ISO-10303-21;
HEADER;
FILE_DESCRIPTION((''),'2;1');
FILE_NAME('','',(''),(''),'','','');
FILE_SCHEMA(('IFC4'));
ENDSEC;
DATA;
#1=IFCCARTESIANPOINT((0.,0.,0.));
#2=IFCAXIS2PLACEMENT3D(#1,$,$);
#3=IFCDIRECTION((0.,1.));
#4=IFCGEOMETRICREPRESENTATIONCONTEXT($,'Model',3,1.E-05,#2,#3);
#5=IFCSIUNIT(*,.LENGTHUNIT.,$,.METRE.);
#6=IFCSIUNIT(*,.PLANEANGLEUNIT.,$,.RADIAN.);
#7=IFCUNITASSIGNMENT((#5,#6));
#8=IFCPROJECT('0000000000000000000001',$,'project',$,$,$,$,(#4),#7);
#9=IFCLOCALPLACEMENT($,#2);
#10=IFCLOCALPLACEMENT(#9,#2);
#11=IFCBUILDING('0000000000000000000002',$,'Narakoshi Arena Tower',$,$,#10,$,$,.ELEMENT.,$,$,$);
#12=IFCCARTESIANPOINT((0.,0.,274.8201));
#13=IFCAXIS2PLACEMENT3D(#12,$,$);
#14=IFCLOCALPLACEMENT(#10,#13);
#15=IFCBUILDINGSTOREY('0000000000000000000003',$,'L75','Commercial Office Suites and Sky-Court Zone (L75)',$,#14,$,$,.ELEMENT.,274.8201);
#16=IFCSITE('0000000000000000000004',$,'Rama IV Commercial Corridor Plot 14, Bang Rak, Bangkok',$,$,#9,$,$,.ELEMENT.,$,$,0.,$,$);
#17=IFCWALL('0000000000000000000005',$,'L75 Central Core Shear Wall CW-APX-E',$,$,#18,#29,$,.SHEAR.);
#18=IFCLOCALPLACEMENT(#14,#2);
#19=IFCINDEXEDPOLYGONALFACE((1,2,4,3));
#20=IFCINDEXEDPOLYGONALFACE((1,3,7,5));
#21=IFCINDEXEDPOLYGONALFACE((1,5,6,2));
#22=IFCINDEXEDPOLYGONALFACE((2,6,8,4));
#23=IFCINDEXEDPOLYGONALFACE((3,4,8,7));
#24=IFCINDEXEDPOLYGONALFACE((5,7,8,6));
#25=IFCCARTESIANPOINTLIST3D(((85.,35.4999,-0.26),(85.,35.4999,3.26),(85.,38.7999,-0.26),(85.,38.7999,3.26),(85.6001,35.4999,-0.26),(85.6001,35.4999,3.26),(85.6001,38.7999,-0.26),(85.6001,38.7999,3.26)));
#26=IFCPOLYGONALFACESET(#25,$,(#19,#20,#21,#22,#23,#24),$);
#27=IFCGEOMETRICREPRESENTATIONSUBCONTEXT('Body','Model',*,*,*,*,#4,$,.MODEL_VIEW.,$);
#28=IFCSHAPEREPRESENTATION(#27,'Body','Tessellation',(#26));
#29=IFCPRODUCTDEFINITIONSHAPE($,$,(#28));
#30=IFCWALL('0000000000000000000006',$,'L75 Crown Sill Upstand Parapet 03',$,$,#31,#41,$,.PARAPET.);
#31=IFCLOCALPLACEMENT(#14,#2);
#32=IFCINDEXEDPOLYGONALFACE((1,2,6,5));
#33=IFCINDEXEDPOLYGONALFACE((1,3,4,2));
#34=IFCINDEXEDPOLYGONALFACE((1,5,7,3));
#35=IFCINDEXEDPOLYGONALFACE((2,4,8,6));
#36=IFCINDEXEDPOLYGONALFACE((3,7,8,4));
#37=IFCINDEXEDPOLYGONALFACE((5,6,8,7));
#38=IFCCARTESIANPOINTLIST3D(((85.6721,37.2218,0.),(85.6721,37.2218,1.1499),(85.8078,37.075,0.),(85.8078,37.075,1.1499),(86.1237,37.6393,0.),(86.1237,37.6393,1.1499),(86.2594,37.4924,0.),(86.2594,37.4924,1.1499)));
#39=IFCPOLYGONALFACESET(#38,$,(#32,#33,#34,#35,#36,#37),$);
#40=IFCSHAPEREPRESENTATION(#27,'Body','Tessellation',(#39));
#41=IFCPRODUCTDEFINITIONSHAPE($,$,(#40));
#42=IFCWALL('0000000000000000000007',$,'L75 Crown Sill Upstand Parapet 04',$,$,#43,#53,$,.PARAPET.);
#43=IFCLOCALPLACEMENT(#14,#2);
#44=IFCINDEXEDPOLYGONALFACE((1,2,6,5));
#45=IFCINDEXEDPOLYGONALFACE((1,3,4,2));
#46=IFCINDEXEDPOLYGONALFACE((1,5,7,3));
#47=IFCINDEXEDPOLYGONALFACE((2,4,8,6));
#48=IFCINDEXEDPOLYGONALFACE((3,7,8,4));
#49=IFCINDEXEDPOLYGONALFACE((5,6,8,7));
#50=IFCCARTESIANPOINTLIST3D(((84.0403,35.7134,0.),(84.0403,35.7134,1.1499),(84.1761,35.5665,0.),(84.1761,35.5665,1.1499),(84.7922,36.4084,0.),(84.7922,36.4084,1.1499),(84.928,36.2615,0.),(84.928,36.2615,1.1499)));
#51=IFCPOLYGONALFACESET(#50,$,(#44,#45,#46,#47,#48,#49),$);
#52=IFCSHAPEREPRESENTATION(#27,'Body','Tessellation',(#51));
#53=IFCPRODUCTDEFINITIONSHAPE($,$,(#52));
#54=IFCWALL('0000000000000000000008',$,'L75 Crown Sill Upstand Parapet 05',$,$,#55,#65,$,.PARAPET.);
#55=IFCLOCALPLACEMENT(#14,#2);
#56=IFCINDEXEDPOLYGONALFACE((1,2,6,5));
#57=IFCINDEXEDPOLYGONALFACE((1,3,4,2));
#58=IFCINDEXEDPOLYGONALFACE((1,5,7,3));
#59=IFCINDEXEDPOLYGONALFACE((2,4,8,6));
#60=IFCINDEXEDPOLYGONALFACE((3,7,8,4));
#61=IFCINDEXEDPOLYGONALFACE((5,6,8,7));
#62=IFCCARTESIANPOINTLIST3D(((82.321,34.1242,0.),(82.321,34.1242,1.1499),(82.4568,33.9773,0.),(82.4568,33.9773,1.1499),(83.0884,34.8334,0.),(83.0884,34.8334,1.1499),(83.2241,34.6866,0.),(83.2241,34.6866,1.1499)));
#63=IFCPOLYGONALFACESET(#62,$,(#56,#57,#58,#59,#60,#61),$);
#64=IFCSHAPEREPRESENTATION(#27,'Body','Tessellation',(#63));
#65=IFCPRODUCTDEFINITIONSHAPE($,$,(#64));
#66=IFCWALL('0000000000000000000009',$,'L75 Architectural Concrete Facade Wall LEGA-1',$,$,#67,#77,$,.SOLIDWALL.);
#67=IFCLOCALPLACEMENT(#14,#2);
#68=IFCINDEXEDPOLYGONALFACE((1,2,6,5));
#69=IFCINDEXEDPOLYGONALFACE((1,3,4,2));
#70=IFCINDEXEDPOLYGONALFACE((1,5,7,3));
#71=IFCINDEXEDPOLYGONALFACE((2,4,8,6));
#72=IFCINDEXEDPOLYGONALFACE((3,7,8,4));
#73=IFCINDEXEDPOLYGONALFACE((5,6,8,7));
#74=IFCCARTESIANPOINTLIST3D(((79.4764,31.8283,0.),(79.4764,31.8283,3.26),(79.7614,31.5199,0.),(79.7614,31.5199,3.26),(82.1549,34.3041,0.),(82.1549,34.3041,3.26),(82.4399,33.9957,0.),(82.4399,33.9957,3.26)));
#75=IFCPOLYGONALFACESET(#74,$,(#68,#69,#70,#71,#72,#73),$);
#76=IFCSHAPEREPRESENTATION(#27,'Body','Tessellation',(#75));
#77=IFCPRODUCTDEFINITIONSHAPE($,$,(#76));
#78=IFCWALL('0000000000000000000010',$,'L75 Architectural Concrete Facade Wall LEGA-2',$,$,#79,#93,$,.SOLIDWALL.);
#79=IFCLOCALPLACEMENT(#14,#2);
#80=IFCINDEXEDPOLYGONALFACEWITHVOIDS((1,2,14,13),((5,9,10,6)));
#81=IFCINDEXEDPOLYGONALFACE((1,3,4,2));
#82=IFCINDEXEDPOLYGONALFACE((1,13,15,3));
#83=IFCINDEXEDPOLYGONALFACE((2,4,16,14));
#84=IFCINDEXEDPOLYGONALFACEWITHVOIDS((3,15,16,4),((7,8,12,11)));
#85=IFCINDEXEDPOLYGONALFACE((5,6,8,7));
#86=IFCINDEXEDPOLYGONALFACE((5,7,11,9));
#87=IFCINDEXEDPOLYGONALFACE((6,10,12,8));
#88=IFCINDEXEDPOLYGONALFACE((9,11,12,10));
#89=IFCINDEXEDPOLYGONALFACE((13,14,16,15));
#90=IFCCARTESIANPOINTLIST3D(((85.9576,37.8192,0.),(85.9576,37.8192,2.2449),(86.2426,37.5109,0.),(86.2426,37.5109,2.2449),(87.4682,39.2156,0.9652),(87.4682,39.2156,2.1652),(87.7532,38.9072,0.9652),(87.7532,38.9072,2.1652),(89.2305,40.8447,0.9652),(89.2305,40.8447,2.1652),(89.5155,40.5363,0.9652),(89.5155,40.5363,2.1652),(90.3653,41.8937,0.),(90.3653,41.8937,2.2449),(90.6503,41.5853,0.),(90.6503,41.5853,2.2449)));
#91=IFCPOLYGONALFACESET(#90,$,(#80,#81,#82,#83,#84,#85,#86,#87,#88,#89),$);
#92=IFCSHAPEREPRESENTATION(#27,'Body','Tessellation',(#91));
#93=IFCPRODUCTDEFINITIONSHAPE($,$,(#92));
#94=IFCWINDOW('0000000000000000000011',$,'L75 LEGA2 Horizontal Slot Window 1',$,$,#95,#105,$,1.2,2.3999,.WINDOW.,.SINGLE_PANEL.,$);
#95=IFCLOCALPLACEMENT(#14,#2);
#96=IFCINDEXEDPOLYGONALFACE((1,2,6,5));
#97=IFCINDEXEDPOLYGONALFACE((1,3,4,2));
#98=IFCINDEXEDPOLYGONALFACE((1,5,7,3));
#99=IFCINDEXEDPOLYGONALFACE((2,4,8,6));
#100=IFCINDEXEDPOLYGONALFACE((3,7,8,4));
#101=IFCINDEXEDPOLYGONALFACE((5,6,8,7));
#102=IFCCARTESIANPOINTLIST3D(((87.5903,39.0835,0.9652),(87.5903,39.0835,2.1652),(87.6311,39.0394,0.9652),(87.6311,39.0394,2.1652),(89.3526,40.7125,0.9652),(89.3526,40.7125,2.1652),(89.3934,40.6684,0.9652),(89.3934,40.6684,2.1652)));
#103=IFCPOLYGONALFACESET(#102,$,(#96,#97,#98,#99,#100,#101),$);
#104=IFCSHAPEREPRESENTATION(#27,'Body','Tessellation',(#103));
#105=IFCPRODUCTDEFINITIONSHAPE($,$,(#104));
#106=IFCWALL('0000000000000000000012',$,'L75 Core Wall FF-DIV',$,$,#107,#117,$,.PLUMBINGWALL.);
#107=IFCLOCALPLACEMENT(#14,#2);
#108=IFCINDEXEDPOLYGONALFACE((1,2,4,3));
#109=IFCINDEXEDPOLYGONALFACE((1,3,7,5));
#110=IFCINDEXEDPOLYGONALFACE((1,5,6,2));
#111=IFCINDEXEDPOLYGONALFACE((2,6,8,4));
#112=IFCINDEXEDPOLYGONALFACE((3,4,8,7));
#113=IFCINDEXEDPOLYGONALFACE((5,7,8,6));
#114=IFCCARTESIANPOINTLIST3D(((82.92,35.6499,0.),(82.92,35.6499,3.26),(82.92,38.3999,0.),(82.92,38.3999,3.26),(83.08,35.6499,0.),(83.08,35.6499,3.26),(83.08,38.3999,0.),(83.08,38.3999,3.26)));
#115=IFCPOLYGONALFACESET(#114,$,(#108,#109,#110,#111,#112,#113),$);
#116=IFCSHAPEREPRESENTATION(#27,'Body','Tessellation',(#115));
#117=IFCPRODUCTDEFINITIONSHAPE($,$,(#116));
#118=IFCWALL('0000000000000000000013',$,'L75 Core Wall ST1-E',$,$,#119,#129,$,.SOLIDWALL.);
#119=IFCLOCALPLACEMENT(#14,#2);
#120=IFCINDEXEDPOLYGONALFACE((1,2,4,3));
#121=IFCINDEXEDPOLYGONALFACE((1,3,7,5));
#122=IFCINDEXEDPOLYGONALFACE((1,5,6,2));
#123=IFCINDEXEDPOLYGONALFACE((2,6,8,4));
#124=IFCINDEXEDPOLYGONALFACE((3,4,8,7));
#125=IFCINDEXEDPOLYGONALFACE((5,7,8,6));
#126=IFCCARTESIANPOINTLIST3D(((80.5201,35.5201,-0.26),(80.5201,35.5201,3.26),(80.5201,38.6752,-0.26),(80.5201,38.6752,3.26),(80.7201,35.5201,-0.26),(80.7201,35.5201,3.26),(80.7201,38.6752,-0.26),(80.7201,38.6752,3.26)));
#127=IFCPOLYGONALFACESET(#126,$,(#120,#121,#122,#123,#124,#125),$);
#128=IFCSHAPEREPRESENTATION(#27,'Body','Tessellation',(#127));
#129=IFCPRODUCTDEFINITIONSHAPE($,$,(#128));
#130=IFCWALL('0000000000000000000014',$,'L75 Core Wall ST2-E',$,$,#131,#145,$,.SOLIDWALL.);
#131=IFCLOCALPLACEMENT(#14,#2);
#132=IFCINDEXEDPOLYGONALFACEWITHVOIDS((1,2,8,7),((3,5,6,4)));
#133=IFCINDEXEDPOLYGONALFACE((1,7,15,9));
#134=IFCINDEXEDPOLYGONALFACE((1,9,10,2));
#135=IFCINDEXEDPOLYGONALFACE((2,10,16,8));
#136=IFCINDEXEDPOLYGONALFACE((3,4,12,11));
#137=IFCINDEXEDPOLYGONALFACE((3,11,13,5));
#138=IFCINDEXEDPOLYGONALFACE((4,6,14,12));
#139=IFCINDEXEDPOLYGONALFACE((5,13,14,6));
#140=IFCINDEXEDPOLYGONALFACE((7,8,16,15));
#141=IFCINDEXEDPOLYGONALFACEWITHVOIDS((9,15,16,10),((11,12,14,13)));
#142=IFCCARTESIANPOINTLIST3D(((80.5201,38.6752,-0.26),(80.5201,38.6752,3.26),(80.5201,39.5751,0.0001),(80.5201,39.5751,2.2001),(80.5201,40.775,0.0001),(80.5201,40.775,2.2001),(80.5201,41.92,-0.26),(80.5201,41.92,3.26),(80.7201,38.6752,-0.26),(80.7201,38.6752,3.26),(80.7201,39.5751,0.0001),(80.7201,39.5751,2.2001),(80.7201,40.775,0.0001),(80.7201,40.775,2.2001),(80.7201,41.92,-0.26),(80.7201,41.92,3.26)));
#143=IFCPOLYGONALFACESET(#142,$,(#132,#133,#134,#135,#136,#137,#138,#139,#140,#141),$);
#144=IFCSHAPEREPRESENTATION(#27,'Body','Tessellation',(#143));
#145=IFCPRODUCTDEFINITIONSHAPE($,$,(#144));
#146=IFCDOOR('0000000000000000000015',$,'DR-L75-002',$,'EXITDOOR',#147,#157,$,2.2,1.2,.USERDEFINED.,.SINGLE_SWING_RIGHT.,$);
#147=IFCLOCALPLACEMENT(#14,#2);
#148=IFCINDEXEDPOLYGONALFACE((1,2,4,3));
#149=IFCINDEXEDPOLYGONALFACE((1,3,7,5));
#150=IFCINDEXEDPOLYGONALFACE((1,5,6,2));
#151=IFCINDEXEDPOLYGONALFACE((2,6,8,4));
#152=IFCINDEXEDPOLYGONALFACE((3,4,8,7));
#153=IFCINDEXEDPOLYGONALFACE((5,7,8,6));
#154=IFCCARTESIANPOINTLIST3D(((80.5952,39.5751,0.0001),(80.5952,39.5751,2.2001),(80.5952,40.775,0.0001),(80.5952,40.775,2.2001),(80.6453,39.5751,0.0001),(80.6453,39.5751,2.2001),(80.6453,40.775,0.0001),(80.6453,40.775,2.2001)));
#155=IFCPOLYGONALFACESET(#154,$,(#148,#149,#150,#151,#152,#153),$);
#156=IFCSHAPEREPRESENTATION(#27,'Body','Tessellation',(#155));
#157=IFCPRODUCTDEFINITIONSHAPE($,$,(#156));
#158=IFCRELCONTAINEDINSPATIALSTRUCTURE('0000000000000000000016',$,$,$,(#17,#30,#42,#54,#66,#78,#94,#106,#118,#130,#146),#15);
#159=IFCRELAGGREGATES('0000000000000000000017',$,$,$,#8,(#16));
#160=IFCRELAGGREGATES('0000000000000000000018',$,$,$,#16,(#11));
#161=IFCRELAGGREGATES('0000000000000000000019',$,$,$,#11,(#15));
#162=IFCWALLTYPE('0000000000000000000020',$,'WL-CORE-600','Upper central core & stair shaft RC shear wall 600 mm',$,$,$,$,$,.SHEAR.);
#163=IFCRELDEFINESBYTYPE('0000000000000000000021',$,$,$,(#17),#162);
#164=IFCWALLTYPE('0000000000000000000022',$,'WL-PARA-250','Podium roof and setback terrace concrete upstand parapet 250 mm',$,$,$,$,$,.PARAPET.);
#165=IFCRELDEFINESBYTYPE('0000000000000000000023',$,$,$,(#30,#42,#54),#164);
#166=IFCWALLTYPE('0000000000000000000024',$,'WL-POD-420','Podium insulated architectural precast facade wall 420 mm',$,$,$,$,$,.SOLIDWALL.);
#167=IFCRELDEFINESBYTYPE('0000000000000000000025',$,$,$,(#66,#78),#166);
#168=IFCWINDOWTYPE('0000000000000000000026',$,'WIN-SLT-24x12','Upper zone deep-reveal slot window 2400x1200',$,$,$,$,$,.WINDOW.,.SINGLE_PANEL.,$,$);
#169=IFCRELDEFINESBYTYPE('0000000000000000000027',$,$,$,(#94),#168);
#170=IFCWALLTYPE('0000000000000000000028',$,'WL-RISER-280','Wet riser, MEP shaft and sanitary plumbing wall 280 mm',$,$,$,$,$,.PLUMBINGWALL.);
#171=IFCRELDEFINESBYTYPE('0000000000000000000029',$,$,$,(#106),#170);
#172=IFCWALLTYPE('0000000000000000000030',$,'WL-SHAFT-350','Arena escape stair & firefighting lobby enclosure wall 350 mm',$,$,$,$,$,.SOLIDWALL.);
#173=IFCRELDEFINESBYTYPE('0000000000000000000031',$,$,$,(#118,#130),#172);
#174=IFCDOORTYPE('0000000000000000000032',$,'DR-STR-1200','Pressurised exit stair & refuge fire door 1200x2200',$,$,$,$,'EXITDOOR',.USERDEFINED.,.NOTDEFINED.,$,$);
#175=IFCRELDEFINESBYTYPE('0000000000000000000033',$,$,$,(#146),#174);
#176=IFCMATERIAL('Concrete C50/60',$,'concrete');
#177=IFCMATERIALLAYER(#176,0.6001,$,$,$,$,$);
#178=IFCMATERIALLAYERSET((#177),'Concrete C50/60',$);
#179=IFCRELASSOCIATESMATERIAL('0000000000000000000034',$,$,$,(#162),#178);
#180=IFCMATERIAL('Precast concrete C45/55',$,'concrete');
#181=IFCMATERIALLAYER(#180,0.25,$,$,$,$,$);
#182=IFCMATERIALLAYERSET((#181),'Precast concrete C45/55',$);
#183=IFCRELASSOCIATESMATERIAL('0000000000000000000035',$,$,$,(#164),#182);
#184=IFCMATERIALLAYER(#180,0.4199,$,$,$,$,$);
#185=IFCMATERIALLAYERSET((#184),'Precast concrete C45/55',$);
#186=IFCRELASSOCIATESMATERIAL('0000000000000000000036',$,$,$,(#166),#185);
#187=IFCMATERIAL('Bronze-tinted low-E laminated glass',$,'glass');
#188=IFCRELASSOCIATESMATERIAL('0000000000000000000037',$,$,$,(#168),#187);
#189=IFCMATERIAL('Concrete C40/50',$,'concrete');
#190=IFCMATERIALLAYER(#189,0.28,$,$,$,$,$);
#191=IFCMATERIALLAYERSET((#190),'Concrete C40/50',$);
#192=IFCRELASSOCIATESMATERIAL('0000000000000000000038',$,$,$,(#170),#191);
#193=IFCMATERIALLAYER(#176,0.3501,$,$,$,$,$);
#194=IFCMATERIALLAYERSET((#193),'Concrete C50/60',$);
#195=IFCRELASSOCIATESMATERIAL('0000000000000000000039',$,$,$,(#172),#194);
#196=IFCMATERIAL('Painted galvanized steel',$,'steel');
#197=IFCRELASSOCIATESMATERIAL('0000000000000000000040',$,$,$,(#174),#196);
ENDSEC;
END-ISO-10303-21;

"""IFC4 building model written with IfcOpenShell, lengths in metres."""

from ifc_helpers import new_model, si_unit, direction, frame, frame_2d, origin, place, context, subcontext, project, spatial, rectangle, extrude, material, layer, layer_set, type_object, element, fill, save


model = new_model("IFC4")

# Units and contexts
model_context = context("Model", 3, precision=1e-05, world=origin(), true_north=direction((0.0, 1.0)))
body_context = subcontext(model_context, "Body", "Model", "MODEL_VIEW")
ifc_project = project(units=[si_unit("LENGTHUNIT", "METRE"), si_unit("PLANEANGLEUNIT", "RADIAN")], contexts=[model_context])

# Site, building, storey
site_placement = place(None, origin())
site = spatial("IfcSite", under=ifc_project, at=site_placement, Name="Rama IV Commercial Corridor Plot 14, Bang Rak, Bangkok", CompositionType="ELEMENT", RefElevation=0.0)
building_placement = place(site_placement, origin())
building = spatial("IfcBuilding", under=site, at=building_placement, Name="Narakoshi Arena Tower", CompositionType="ELEMENT")
storey_placement = place(building_placement, frame((0.0, 0.0, 274.8201)))
storey = spatial("IfcBuildingStorey", under=building, at=storey_placement, Name="L75", Description="Commercial Office Suites and Sky-Court Zone (L75)", CompositionType="ELEMENT", Elevation=274.8201)

# Walls
ifc_material_1 = material(Name="Concrete C50/60", Category="concrete")
ifc_layer_1 = layer(ifc_material_1, 0.6001)
ifc_layer_set_1 = layer_set([ifc_layer_1], Name="Concrete C50/60")
wall_type_1 = type_object("IfcWallType", Name="WL-CORE-600", Description="Upper central core & stair shaft RC shear wall 600 mm", PredefinedType="SHEAR", material=ifc_layer_set_1)
wall_1_placement = place(storey_placement, frame((85.3, 35.5, -0.26), z_axis=(0.0, 0.0, 1.0), x_axis=(0.0, 1.0, 0.0)))
element("IfcWall", 1, at=wall_1_placement, inside=storey, type_object=wall_type_1, Name="L75 Central Core Shear Wall CW-APX-E", PredefinedType="SHEAR", context=body_context, shape_type="SweptSolid", body=[
    extrude(rectangle(XDim=3.3, YDim=0.6001, at=frame_2d((1.6499, 0.0))), origin(), (0.0, 0.0, 1.0), 3.52),
])
ifc_material_2 = material(Name="Precast concrete C45/55", Category="concrete")
ifc_layer_2 = layer(ifc_material_2, 0.25)
ifc_layer_set_2 = layer_set([ifc_layer_2], Name="Precast concrete C45/55")
wall_type_2 = type_object("IfcWallType", Name="WL-PARA-250", Description="Podium roof and setback terrace concrete upstand parapet 250 mm", PredefinedType="PARAPET", material=ifc_layer_set_2)
wall_2_placement = place(storey_placement, frame((86.1917, 37.5659, 0.0), z_axis=(0.0, 0.0, 1.0), x_axis=(-0.734347, -0.678775, 0.0)))
element("IfcWall", 2, at=wall_2_placement, inside=storey, type_object=wall_type_2, Name="L75 Crown Sill Upstand Parapet 03", PredefinedType="PARAPET", context=body_context, shape_type="SweptSolid", body=[
    extrude(rectangle(XDim=0.615, YDim=0.2, at=frame_2d((0.3076, 0.0))), origin(), (0.0, 0.0, 1.0), 1.1499),
])
wall_3_placement = place(storey_placement, frame((84.8601, 36.335, 0.0), z_axis=(0.0, 0.0, 1.0), x_axis=(-0.734337, -0.678785, 0.0)))
element("IfcWall", 3, at=wall_3_placement, inside=storey, type_object=wall_type_2, Name="L75 Crown Sill Upstand Parapet 04", PredefinedType="PARAPET", context=body_context, shape_type="SweptSolid", body=[
    extrude(rectangle(XDim=1.0239, YDim=0.2, at=frame_2d((0.512, 0.0))), origin(), (0.0, 0.0, 1.0), 1.1499),
])
wall_4_placement = place(storey_placement, frame((83.1562, 34.76, 0.0), z_axis=(0.0, 0.0, 1.0), x_axis=(-0.734364, -0.678755, 0.0)))
element("IfcWall", 4, at=wall_4_placement, inside=storey, type_object=wall_type_2, Name="L75 Crown Sill Upstand Parapet 05", PredefinedType="PARAPET", context=body_context, shape_type="SweptSolid", body=[
    extrude(rectangle(XDim=1.0449, YDim=0.2, at=frame_2d((0.5225, 0.0))), origin(), (0.0, 0.0, 1.0), 1.1499),
])
ifc_layer_3 = layer(ifc_material_2, 0.4199)
ifc_layer_set_3 = layer_set([ifc_layer_3], Name="Precast concrete C45/55")
wall_type_3 = type_object("IfcWallType", Name="WL-POD-420", Description="Podium insulated architectural precast facade wall 420 mm", PredefinedType="SOLIDWALL", material=ifc_layer_set_3)
wall_5_placement = place(storey_placement, frame((79.6189, 31.6741, 0.0), z_axis=(0.0, 0.0, 1.0), x_axis=(0.734339, 0.678783, 0.0)))
element("IfcWall", 5, at=wall_5_placement, inside=storey, type_object=wall_type_3, Name="L75 Architectural Concrete Facade Wall LEGA-1", PredefinedType="SOLIDWALL", context=body_context, shape_type="SweptSolid", body=[
    extrude(rectangle(XDim=3.6475, YDim=0.4199, at=frame_2d((1.8237, 0.0))), origin(), (0.0, 0.0, 1.0), 3.26),
])

# Wall, opening, window
wall_6_placement = place(storey_placement, frame((86.1001, 37.665, 0.0), z_axis=(0.0, 0.0, 1.0), x_axis=(0.734321, 0.678802, 0.0)))
wall_6 = element("IfcWall", 6, at=wall_6_placement, inside=storey, type_object=wall_type_3, Name="L75 Architectural Concrete Facade Wall LEGA-2", PredefinedType="SOLIDWALL", context=body_context, shape_type="SweptSolid", body=[
    extrude(rectangle(XDim=6.0024, YDim=0.4199, at=frame_2d((3.0012, 0.0))), origin(), (0.0, 0.0, 1.0), 2.2449),
])
opening_1_placement = place(wall_6_placement, frame((2.0571, 0.0, 0.9651)))
opening_1 = element("IfcOpeningElement", 7, at=opening_1_placement, cuts=wall_6, PredefinedType="OPENING", context=body_context, shape_type="SweptSolid", body=[
    extrude(rectangle(XDim=2.3999, YDim=1.2, at=frame_2d((1.2, 0.6001))), frame((0.0, 0.22, 0.0), z_axis=(0.0, -1.0, 0.0), x_axis=(1.0, 0.0, 0.0)), (0.0, 0.0, 1.0), 0.4399),
])
ifc_material_3 = material(Name="Bronze-tinted low-E laminated glass", Category="glass")
window_type = type_object("IfcWindowType", Name="WIN-SLT-24x12", Description="Upper zone deep-reveal slot window 2400x1200", PartitioningType="SINGLE_PANEL", PredefinedType="WINDOW", material=ifc_material_3)
window_placement = place(opening_1_placement, origin())
window = element("IfcWindow", 8, at=window_placement, inside=storey, type_object=window_type, Name="L75 LEGA2 Horizontal Slot Window 1", OverallHeight=1.2, OverallWidth=2.3999, PartitioningType="SINGLE_PANEL", PredefinedType="WINDOW", context=body_context, shape_type="SweptSolid", body=[
    extrude(rectangle(XDim=2.3999, YDim=1.2, at=frame_2d((1.2, 0.6001))), frame((0.0, 0.03, 0.0), z_axis=(0.0, -1.0, 0.0), x_axis=(1.0, 0.0, 0.0)), (0.0, 0.0, 1.0), 0.0601),
])
fill(opening_1, window)

# Walls
ifc_material_4 = material(Name="Concrete C40/50", Category="concrete")
ifc_layer_4 = layer(ifc_material_4, 0.28)
ifc_layer_set_4 = layer_set([ifc_layer_4], Name="Concrete C40/50")
wall_type_4 = type_object("IfcWallType", Name="WL-RISER-280", Description="Wet riser, MEP shaft and sanitary plumbing wall 280 mm", PredefinedType="PLUMBINGWALL", material=ifc_layer_set_4)
wall_7_placement = place(storey_placement, frame((83.0, 35.6499, 0.0), z_axis=(0.0, 0.0, 1.0), x_axis=(0.0, 1.0, 0.0)))
element("IfcWall", 9, at=wall_7_placement, inside=storey, type_object=wall_type_4, Name="L75 Core Wall FF-DIV", PredefinedType="PLUMBINGWALL", context=body_context, shape_type="SweptSolid", body=[
    extrude(rectangle(XDim=2.75, YDim=0.1599, at=frame_2d((1.375, 0.0))), origin(), (0.0, 0.0, 1.0), 3.26),
])
ifc_layer_5 = layer(ifc_material_1, 0.3501)
ifc_layer_set_5 = layer_set([ifc_layer_5], Name="Concrete C50/60")
wall_type_5 = type_object("IfcWallType", Name="WL-SHAFT-350", Description="Arena escape stair & firefighting lobby enclosure wall 350 mm", PredefinedType="SOLIDWALL", material=ifc_layer_set_5)
wall_8_placement = place(storey_placement, frame((80.6201, 35.52, -0.26), z_axis=(0.0, 0.0, 1.0), x_axis=(0.0, 1.0, 0.0)))
element("IfcWall", 10, at=wall_8_placement, inside=storey, type_object=wall_type_5, Name="L75 Core Wall ST1-E", PredefinedType="SOLIDWALL", context=body_context, shape_type="SweptSolid", body=[
    extrude(rectangle(XDim=3.155, YDim=0.2, at=frame_2d((1.5776, 0.0))), origin(), (0.0, 0.0, 1.0), 3.52),
])

# Wall, opening, door
wall_9_placement = place(storey_placement, frame((80.6201, 38.675, -0.26), z_axis=(0.0, 0.0, 1.0), x_axis=(0.0, 1.0, 0.0)))
wall_9 = element("IfcWall", 11, at=wall_9_placement, inside=storey, type_object=wall_type_5, Name="L75 Core Wall ST2-E", PredefinedType="SOLIDWALL", context=body_context, shape_type="SweptSolid", body=[
    extrude(rectangle(XDim=3.2449, YDim=0.2, at=frame_2d((1.6226, 0.0))), origin(), (0.0, 0.0, 1.0), 3.52),
])
opening_2_placement = place(wall_9_placement, frame((0.8999, 0.0, 0.26)))
opening_2 = element("IfcOpeningElement", 12, at=opening_2_placement, cuts=wall_9, PredefinedType="OPENING", context=body_context, shape_type="SweptSolid", body=[
    extrude(rectangle(XDim=1.2, YDim=2.2, at=frame_2d((0.6001, 1.1001))), frame((0.0, 0.1099, 0.0), z_axis=(0.0, -1.0, 0.0), x_axis=(1.0, 0.0, 0.0)), (0.0, 0.0, 1.0), 0.22),
])
ifc_material_5 = material(Name="Painted galvanized steel", Category="steel")
door_type_1 = type_object("IfcDoorType", Name="DR-STR-1200", Description="Pressurised exit stair & refuge fire door 1200x2200", ElementType="EXITDOOR", OperationType="NOTDEFINED", PredefinedType="USERDEFINED", material=ifc_material_5)
door_1_placement = place(opening_2_placement, origin())
door_1 = element("IfcDoor", 13, at=door_1_placement, inside=storey, type_object=door_type_1, Name="DR-L75-002", ObjectType="EXITDOOR", OperationType="SINGLE_SWING_RIGHT", OverallHeight=2.2, OverallWidth=1.2, PredefinedType="USERDEFINED", context=body_context, shape_type="SweptSolid", body=[
    extrude(rectangle(XDim=1.2, YDim=2.2, at=frame_2d((0.6001, 1.1001))), frame((0.0, 0.0249, 0.0), z_axis=(0.0, -1.0, 0.0), x_axis=(1.0, 0.0, 0.0)), (0.0, 0.0, 1.0), 0.05),
])
fill(opening_2, door_1)

save(model, "model.ifc")
